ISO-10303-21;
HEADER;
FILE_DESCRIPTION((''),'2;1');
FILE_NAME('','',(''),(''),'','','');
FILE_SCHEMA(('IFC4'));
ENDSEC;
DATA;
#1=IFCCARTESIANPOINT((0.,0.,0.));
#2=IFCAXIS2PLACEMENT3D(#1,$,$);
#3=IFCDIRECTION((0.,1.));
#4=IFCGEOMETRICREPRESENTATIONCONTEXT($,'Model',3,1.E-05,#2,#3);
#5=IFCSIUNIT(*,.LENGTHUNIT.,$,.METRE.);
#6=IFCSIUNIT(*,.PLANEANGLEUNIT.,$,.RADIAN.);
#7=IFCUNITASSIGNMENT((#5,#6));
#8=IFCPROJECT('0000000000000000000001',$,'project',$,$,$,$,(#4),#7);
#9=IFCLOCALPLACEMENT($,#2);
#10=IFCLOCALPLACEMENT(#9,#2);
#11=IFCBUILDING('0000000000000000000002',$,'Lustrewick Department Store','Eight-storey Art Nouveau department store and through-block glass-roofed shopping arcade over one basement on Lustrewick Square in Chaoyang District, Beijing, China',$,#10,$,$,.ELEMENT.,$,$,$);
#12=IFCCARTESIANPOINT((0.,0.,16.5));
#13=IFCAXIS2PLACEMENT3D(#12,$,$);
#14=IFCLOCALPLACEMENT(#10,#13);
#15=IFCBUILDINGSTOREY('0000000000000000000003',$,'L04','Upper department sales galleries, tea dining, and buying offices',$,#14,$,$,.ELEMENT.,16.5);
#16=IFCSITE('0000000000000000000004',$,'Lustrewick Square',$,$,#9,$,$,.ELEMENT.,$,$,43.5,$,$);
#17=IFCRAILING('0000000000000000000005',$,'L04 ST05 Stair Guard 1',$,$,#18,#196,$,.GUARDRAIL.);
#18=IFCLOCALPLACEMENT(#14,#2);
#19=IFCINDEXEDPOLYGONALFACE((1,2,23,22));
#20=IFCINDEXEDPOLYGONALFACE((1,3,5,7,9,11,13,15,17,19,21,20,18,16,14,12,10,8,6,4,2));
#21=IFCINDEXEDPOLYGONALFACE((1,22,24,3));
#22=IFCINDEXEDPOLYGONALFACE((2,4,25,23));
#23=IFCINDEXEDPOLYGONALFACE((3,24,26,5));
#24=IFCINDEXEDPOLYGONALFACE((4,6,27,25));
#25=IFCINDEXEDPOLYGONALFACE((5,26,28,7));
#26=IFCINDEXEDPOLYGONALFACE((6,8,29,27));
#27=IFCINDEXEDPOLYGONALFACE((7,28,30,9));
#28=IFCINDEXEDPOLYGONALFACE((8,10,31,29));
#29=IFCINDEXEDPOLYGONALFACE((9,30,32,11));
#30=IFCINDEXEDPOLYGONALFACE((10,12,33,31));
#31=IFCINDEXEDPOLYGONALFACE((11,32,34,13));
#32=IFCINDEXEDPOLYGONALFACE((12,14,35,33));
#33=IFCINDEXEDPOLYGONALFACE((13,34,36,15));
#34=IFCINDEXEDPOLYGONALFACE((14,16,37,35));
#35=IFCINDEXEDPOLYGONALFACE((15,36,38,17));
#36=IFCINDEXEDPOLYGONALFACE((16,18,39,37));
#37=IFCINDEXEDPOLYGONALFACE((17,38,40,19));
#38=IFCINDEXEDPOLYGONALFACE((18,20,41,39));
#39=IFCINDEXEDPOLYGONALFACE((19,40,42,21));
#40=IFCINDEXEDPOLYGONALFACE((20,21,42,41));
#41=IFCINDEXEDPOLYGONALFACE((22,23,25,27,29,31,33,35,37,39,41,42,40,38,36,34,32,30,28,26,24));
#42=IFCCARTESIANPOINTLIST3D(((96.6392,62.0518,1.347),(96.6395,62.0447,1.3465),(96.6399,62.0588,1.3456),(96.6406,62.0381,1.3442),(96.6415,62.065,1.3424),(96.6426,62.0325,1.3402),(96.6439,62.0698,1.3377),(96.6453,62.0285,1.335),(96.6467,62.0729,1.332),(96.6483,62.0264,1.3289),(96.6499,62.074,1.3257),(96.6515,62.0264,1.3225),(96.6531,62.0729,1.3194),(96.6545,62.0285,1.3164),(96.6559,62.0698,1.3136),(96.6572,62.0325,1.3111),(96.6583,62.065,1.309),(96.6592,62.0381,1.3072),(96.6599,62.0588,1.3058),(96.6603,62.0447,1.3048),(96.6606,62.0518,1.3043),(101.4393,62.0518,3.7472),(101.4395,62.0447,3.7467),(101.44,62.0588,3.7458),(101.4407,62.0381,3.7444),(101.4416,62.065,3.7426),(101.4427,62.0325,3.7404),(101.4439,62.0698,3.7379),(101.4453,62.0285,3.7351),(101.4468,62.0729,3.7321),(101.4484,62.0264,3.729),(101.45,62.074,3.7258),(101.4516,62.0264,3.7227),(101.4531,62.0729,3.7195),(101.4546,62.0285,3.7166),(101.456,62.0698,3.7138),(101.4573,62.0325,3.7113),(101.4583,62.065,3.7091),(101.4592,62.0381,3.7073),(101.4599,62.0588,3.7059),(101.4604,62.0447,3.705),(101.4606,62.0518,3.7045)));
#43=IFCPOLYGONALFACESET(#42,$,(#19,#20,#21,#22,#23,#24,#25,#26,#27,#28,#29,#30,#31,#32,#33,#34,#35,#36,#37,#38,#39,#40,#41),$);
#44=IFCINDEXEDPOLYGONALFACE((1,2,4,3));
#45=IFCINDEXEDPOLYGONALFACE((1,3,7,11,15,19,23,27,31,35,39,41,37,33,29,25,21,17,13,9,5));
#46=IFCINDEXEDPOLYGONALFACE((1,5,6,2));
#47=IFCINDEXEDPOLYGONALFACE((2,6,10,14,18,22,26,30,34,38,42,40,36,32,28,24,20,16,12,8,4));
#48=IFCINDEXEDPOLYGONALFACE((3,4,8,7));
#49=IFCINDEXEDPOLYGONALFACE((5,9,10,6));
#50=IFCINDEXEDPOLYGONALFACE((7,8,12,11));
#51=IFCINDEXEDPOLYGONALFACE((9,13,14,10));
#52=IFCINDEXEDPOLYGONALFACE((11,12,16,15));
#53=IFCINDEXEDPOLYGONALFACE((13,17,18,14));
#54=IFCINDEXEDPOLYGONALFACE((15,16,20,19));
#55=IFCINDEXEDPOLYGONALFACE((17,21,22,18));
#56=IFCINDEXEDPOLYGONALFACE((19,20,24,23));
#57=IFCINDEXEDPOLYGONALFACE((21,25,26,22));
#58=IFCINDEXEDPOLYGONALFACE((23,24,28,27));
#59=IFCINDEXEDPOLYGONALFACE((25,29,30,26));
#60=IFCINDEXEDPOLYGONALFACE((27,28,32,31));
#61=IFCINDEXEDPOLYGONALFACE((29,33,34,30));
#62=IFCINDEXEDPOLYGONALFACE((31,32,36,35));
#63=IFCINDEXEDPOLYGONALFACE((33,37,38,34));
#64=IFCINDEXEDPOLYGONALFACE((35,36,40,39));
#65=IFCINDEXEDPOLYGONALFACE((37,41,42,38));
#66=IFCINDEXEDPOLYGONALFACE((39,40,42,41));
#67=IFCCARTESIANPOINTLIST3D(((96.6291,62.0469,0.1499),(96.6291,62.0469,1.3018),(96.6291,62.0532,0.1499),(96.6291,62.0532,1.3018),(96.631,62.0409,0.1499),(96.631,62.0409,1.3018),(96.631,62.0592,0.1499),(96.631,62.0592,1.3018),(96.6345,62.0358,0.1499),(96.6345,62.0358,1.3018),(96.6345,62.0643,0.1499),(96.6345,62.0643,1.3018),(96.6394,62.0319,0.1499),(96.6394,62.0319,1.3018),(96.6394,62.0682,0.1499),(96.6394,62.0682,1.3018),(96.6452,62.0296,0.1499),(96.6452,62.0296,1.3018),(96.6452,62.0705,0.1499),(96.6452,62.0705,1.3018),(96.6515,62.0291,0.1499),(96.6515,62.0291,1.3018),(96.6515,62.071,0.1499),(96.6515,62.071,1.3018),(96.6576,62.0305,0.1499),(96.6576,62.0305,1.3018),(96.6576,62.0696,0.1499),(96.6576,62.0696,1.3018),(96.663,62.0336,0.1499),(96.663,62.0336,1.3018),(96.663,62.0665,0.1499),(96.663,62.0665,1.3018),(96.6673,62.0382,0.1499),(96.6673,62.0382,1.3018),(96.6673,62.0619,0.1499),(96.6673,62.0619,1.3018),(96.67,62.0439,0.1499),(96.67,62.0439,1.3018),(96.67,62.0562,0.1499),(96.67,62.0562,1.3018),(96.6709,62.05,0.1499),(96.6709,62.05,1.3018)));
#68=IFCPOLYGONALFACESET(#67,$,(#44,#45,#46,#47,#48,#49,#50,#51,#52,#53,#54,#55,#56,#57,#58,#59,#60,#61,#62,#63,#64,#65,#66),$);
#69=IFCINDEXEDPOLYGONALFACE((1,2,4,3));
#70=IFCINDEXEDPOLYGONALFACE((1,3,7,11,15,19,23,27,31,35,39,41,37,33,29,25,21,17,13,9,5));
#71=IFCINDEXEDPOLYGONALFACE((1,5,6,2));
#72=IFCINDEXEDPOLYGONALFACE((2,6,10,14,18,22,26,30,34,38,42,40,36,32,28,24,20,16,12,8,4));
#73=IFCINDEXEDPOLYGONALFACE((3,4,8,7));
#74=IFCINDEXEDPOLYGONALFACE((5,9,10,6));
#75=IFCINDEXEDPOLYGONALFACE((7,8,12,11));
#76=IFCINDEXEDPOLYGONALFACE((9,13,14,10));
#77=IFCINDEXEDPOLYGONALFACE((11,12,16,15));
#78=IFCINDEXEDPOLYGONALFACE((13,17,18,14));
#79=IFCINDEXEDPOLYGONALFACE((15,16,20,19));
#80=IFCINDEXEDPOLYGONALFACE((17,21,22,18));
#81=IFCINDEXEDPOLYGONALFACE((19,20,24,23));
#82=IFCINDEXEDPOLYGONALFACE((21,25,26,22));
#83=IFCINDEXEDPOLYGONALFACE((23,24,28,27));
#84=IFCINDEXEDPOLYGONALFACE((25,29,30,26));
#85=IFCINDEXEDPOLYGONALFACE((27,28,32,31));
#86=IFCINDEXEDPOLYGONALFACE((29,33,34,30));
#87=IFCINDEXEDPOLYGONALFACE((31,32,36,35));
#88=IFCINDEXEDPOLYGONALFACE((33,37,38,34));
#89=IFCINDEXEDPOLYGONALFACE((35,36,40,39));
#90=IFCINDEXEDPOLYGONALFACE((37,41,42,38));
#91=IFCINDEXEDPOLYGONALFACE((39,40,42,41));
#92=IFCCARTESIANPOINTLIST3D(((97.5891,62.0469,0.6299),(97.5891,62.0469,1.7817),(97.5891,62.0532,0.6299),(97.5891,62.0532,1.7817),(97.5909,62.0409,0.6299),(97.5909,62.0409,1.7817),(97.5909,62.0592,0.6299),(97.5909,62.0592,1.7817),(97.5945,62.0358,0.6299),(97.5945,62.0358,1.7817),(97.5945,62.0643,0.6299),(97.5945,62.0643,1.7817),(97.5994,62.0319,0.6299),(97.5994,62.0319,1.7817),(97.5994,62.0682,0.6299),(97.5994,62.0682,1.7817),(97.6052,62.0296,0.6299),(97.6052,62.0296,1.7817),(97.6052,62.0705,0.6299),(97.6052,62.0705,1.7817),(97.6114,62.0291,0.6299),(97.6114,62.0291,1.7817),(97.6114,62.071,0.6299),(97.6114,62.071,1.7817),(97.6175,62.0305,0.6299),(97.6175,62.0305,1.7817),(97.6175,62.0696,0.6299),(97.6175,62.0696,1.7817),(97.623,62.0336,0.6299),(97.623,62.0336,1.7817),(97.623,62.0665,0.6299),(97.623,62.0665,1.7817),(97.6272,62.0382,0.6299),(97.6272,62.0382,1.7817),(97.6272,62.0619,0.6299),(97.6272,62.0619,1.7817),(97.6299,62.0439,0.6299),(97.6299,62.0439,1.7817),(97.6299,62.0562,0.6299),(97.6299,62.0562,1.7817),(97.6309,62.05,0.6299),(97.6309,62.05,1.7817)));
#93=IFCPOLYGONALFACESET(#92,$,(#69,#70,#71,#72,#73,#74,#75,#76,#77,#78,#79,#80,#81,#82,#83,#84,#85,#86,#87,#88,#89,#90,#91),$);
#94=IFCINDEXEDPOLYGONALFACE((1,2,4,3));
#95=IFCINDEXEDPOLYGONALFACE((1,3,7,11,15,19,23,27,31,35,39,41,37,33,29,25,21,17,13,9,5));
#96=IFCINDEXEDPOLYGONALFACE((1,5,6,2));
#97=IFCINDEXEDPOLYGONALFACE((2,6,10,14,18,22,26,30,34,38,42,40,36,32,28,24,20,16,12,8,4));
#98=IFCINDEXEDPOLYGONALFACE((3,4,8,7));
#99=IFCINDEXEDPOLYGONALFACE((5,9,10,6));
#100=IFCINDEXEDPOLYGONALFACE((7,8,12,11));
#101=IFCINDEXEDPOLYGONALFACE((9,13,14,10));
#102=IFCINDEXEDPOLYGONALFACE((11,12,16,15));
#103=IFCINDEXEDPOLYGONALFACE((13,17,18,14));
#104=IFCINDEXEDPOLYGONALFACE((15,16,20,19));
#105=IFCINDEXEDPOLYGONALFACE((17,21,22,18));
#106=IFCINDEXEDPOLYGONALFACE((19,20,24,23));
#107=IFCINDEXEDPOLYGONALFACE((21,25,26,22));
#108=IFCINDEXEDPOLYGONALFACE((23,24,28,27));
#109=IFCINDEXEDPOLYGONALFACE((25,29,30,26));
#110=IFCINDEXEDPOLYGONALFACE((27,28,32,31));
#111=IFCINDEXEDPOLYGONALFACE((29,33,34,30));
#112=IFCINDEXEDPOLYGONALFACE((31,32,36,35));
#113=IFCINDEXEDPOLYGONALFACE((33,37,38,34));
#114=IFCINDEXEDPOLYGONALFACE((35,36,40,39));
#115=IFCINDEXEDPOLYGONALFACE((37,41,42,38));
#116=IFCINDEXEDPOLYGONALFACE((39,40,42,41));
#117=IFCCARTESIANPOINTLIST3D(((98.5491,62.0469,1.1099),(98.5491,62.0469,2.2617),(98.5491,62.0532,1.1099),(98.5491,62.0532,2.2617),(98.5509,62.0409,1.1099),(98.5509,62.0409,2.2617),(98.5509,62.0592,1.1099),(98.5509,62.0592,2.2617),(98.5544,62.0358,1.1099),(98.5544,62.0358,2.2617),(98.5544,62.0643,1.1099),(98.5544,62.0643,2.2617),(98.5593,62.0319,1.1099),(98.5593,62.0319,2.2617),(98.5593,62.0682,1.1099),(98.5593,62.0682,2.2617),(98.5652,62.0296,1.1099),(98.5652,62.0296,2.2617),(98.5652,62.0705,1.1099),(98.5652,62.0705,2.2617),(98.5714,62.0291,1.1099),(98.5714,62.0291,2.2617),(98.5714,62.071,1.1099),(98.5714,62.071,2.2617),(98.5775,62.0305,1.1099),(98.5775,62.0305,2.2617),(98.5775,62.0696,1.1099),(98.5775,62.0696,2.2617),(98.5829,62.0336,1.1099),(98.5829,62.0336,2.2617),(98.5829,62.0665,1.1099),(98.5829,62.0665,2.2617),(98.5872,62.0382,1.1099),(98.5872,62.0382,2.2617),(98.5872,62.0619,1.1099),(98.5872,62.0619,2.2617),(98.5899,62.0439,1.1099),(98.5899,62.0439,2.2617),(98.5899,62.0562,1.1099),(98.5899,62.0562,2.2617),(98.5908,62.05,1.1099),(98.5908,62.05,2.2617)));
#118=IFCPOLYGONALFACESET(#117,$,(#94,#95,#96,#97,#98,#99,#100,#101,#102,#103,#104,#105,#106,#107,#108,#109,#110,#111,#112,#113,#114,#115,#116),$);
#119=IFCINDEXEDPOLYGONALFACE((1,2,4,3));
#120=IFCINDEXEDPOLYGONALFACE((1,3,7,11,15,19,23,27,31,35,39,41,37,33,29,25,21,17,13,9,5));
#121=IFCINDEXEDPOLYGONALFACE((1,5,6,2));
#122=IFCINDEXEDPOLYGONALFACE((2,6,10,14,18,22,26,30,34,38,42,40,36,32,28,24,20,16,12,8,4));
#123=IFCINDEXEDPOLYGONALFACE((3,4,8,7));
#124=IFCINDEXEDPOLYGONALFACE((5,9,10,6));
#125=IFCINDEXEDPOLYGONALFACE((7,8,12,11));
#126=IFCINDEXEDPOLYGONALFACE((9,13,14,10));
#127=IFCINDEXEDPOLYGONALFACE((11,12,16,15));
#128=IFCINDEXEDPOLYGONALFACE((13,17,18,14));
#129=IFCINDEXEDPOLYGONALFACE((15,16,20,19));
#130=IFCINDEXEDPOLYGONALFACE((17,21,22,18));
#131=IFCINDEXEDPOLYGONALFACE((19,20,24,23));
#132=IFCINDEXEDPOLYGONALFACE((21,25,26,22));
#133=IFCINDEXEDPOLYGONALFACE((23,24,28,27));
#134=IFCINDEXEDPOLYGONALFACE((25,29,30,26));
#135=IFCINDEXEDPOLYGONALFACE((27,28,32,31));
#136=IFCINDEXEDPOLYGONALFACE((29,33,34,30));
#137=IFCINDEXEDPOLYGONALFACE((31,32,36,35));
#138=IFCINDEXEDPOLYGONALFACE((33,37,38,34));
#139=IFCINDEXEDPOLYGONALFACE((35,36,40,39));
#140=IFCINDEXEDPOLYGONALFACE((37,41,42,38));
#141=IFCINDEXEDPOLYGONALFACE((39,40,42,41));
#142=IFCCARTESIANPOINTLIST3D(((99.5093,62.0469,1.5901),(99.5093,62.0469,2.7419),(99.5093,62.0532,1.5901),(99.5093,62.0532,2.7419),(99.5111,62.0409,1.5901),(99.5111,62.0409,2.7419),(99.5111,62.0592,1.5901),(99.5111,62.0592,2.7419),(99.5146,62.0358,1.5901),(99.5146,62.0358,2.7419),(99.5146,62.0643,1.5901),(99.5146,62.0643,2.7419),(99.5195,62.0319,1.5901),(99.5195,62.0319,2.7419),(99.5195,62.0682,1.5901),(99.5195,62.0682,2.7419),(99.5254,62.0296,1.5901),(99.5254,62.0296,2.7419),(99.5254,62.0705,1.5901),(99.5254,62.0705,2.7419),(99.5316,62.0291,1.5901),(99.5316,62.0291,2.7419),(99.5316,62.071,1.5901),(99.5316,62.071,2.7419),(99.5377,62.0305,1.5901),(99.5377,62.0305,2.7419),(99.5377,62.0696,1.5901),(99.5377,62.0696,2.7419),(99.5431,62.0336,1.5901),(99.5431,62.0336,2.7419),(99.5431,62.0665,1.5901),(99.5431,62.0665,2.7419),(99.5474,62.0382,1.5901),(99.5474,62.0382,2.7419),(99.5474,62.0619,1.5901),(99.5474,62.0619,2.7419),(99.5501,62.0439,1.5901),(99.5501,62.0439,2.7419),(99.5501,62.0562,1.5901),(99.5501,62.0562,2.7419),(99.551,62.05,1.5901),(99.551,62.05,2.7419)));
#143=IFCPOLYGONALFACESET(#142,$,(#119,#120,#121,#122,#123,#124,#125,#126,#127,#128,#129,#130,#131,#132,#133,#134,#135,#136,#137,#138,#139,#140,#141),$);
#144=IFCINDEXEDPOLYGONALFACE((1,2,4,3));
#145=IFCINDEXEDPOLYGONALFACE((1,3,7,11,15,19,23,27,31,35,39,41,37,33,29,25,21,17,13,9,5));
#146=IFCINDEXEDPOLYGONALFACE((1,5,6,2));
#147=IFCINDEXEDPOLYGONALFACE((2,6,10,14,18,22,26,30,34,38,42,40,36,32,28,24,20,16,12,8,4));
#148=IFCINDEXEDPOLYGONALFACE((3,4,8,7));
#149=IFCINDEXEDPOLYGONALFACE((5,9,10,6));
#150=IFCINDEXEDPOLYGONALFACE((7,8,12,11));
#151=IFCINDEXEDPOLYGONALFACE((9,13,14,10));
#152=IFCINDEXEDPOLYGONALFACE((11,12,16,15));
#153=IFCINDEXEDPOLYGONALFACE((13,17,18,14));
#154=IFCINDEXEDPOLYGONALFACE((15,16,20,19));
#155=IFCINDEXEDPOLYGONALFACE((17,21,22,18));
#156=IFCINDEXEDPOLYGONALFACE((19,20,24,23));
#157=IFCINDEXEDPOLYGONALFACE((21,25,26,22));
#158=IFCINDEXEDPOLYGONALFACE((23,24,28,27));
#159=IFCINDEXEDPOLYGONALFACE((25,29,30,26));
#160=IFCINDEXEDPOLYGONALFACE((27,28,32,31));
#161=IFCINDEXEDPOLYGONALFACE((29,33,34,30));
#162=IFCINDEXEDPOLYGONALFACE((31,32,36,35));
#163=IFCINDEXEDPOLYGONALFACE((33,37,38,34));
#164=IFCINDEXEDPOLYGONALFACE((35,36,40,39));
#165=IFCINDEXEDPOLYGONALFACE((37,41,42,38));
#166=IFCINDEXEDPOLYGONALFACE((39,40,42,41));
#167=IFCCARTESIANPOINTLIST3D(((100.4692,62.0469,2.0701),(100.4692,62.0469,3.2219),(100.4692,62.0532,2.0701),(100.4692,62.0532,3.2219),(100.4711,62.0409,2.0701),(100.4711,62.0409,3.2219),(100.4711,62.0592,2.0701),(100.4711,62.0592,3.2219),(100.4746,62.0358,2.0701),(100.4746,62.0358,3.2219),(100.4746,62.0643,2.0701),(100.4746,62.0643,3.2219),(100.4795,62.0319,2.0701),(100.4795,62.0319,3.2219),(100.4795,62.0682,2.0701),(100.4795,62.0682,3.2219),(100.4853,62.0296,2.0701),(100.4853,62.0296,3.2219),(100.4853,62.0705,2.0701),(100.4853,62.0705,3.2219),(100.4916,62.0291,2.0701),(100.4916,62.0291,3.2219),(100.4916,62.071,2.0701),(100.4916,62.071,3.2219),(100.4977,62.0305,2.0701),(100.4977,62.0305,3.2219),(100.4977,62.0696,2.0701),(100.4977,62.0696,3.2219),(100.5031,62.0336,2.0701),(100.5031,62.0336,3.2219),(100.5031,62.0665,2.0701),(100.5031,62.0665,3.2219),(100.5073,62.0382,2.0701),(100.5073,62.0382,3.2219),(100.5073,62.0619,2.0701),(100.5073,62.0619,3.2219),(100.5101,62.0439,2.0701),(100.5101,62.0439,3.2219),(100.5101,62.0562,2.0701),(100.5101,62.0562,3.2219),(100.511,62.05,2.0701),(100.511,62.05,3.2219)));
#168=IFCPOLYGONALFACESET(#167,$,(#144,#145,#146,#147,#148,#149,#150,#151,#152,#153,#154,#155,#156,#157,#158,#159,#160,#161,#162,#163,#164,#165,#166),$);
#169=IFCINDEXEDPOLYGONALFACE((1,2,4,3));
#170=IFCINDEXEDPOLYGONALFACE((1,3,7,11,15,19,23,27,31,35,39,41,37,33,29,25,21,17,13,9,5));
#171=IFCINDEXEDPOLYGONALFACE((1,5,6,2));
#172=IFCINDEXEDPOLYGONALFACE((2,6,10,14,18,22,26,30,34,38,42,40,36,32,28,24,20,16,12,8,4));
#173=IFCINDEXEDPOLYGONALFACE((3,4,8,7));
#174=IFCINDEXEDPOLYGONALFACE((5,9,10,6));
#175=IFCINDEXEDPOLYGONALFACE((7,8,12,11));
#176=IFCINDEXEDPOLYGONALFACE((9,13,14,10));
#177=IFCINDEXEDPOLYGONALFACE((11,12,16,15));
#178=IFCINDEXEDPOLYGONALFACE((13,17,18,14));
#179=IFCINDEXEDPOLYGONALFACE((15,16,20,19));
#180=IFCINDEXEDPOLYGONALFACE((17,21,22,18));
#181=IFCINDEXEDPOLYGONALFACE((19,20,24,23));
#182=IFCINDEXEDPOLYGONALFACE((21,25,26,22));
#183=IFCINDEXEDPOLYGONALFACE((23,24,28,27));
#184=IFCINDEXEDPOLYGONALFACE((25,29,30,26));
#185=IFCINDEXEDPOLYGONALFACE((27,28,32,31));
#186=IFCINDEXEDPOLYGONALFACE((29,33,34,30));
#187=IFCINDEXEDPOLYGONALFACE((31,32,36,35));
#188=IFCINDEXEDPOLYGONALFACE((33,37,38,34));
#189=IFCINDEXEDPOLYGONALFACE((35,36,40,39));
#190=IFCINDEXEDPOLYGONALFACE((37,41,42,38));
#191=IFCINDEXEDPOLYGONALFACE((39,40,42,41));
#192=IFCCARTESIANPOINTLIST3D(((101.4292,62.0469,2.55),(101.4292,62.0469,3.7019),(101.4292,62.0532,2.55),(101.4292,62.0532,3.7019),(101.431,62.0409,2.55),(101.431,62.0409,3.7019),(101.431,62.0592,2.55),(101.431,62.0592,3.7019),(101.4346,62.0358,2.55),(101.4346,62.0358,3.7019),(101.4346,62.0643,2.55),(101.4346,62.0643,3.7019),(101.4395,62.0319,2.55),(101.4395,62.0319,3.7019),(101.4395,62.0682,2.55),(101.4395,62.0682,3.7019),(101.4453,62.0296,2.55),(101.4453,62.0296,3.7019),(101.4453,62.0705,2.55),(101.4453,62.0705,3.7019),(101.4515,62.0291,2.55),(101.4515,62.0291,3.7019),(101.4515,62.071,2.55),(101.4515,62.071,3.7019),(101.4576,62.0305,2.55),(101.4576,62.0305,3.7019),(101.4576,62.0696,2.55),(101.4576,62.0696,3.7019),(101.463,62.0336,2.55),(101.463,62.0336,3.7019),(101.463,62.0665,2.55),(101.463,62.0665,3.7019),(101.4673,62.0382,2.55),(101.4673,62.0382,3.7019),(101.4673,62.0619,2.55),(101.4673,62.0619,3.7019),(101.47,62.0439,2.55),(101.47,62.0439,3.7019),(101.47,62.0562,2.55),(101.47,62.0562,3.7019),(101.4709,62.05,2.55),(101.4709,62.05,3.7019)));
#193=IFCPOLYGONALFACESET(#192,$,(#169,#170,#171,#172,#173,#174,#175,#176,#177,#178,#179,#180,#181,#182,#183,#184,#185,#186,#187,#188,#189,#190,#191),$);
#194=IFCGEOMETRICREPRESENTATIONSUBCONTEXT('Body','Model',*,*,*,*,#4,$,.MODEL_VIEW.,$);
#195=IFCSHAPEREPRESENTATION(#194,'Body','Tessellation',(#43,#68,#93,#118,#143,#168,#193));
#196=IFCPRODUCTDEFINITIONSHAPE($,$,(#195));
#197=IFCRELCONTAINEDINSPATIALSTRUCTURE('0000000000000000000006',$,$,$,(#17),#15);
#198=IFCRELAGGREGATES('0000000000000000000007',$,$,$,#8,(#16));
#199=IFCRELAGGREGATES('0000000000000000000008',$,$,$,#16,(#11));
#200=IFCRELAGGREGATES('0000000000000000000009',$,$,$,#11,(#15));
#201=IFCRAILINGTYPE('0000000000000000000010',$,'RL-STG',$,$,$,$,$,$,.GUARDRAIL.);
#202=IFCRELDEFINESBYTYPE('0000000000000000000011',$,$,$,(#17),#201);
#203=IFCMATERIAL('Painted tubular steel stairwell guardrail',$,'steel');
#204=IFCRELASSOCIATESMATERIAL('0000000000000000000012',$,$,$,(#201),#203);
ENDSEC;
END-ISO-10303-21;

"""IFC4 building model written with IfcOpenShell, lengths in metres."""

from ifc_helpers import new_model, si_unit, direction, frame, origin, origin_2d, place, context, subcontext, project, spatial, circle, extrude, material, type_object, element, save


model = new_model("IFC4")

# Units and contexts
model_context = context("Model", 3, precision=1e-05, world=origin(), true_north=direction((0.0, 1.0)))
body_context = subcontext(model_context, "Body", "Model", "MODEL_VIEW")
ifc_project = project(units=[si_unit("LENGTHUNIT", "METRE"), si_unit("PLANEANGLEUNIT", "RADIAN")], contexts=[model_context])

# Site, building, storey
site_placement = place(None, origin())
site = spatial("IfcSite", under=ifc_project, at=site_placement, Name="Lustrewick Square", CompositionType="ELEMENT", RefElevation=43.5)
building_placement = place(site_placement, origin())
building = spatial("IfcBuilding", under=site, at=building_placement, Name="Lustrewick Department Store", Description="Eight-storey Art Nouveau department store and through-block glass-roofed shopping arcade over one basement on Lustrewick Square in Chaoyang District, Beijing, China", CompositionType="ELEMENT")
storey_placement = place(building_placement, frame((0.0, 0.0, 16.5)))
storey = spatial("IfcBuildingStorey", under=building, at=storey_placement, Name="L04", Description="Upper department sales galleries, tea dining, and buying offices", CompositionType="ELEMENT", Elevation=16.5)

# Railing
ifc_material_1 = material(Name="Painted tubular steel stairwell guardrail", Category="steel")
railing_type_1 = type_object("IfcRailingType", Name="RL-STG", PredefinedType="GUARDRAIL", material=ifc_material_1)
railing_1_placement = place(storey_placement, frame((96.6499, 62.05, 0.1499)))
element("IfcRailing", 1, at=railing_1_placement, inside=storey, type_object=railing_type_1, Name="L04 ST05 Stair Guard 1", PredefinedType="GUARDRAIL", context=body_context, shape_type="SweptSolid", body=[
    extrude(circle(Radius=0.0239, at=origin_2d()), frame((0.0, 0.0, 1.1758), z_axis=(0.894418, 0.0, 0.447232), x_axis=(0.0, 1.0, 0.0)), (0.0, 0.0, 1.0), 5.3667),
    extrude(circle(Radius=0.021, at=origin_2d()), origin(), (0.0, 0.0, 1.0), 1.1519),
    extrude(circle(Radius=0.021, at=origin_2d()), frame((0.96, 0.0, 0.48)), (0.0, 0.0, 1.0), 1.1519),
    extrude(circle(Radius=0.021, at=origin_2d()), frame((1.9199, 0.0, 0.96)), (0.0, 0.0, 1.0), 1.1519),
    extrude(circle(Radius=0.021, at=origin_2d()), frame((2.8801, 0.0, 1.4402)), (0.0, 0.0, 1.0), 1.1519),
    extrude(circle(Radius=0.021, at=origin_2d()), frame((3.8401, 0.0, 1.9202)), (0.0, 0.0, 1.0), 1.1519),
    extrude(circle(Radius=0.021, at=origin_2d()), frame((4.8, 0.0, 2.4001)), (0.0, 0.0, 1.0), 1.1519),
])

save(model, "model.ifc")
